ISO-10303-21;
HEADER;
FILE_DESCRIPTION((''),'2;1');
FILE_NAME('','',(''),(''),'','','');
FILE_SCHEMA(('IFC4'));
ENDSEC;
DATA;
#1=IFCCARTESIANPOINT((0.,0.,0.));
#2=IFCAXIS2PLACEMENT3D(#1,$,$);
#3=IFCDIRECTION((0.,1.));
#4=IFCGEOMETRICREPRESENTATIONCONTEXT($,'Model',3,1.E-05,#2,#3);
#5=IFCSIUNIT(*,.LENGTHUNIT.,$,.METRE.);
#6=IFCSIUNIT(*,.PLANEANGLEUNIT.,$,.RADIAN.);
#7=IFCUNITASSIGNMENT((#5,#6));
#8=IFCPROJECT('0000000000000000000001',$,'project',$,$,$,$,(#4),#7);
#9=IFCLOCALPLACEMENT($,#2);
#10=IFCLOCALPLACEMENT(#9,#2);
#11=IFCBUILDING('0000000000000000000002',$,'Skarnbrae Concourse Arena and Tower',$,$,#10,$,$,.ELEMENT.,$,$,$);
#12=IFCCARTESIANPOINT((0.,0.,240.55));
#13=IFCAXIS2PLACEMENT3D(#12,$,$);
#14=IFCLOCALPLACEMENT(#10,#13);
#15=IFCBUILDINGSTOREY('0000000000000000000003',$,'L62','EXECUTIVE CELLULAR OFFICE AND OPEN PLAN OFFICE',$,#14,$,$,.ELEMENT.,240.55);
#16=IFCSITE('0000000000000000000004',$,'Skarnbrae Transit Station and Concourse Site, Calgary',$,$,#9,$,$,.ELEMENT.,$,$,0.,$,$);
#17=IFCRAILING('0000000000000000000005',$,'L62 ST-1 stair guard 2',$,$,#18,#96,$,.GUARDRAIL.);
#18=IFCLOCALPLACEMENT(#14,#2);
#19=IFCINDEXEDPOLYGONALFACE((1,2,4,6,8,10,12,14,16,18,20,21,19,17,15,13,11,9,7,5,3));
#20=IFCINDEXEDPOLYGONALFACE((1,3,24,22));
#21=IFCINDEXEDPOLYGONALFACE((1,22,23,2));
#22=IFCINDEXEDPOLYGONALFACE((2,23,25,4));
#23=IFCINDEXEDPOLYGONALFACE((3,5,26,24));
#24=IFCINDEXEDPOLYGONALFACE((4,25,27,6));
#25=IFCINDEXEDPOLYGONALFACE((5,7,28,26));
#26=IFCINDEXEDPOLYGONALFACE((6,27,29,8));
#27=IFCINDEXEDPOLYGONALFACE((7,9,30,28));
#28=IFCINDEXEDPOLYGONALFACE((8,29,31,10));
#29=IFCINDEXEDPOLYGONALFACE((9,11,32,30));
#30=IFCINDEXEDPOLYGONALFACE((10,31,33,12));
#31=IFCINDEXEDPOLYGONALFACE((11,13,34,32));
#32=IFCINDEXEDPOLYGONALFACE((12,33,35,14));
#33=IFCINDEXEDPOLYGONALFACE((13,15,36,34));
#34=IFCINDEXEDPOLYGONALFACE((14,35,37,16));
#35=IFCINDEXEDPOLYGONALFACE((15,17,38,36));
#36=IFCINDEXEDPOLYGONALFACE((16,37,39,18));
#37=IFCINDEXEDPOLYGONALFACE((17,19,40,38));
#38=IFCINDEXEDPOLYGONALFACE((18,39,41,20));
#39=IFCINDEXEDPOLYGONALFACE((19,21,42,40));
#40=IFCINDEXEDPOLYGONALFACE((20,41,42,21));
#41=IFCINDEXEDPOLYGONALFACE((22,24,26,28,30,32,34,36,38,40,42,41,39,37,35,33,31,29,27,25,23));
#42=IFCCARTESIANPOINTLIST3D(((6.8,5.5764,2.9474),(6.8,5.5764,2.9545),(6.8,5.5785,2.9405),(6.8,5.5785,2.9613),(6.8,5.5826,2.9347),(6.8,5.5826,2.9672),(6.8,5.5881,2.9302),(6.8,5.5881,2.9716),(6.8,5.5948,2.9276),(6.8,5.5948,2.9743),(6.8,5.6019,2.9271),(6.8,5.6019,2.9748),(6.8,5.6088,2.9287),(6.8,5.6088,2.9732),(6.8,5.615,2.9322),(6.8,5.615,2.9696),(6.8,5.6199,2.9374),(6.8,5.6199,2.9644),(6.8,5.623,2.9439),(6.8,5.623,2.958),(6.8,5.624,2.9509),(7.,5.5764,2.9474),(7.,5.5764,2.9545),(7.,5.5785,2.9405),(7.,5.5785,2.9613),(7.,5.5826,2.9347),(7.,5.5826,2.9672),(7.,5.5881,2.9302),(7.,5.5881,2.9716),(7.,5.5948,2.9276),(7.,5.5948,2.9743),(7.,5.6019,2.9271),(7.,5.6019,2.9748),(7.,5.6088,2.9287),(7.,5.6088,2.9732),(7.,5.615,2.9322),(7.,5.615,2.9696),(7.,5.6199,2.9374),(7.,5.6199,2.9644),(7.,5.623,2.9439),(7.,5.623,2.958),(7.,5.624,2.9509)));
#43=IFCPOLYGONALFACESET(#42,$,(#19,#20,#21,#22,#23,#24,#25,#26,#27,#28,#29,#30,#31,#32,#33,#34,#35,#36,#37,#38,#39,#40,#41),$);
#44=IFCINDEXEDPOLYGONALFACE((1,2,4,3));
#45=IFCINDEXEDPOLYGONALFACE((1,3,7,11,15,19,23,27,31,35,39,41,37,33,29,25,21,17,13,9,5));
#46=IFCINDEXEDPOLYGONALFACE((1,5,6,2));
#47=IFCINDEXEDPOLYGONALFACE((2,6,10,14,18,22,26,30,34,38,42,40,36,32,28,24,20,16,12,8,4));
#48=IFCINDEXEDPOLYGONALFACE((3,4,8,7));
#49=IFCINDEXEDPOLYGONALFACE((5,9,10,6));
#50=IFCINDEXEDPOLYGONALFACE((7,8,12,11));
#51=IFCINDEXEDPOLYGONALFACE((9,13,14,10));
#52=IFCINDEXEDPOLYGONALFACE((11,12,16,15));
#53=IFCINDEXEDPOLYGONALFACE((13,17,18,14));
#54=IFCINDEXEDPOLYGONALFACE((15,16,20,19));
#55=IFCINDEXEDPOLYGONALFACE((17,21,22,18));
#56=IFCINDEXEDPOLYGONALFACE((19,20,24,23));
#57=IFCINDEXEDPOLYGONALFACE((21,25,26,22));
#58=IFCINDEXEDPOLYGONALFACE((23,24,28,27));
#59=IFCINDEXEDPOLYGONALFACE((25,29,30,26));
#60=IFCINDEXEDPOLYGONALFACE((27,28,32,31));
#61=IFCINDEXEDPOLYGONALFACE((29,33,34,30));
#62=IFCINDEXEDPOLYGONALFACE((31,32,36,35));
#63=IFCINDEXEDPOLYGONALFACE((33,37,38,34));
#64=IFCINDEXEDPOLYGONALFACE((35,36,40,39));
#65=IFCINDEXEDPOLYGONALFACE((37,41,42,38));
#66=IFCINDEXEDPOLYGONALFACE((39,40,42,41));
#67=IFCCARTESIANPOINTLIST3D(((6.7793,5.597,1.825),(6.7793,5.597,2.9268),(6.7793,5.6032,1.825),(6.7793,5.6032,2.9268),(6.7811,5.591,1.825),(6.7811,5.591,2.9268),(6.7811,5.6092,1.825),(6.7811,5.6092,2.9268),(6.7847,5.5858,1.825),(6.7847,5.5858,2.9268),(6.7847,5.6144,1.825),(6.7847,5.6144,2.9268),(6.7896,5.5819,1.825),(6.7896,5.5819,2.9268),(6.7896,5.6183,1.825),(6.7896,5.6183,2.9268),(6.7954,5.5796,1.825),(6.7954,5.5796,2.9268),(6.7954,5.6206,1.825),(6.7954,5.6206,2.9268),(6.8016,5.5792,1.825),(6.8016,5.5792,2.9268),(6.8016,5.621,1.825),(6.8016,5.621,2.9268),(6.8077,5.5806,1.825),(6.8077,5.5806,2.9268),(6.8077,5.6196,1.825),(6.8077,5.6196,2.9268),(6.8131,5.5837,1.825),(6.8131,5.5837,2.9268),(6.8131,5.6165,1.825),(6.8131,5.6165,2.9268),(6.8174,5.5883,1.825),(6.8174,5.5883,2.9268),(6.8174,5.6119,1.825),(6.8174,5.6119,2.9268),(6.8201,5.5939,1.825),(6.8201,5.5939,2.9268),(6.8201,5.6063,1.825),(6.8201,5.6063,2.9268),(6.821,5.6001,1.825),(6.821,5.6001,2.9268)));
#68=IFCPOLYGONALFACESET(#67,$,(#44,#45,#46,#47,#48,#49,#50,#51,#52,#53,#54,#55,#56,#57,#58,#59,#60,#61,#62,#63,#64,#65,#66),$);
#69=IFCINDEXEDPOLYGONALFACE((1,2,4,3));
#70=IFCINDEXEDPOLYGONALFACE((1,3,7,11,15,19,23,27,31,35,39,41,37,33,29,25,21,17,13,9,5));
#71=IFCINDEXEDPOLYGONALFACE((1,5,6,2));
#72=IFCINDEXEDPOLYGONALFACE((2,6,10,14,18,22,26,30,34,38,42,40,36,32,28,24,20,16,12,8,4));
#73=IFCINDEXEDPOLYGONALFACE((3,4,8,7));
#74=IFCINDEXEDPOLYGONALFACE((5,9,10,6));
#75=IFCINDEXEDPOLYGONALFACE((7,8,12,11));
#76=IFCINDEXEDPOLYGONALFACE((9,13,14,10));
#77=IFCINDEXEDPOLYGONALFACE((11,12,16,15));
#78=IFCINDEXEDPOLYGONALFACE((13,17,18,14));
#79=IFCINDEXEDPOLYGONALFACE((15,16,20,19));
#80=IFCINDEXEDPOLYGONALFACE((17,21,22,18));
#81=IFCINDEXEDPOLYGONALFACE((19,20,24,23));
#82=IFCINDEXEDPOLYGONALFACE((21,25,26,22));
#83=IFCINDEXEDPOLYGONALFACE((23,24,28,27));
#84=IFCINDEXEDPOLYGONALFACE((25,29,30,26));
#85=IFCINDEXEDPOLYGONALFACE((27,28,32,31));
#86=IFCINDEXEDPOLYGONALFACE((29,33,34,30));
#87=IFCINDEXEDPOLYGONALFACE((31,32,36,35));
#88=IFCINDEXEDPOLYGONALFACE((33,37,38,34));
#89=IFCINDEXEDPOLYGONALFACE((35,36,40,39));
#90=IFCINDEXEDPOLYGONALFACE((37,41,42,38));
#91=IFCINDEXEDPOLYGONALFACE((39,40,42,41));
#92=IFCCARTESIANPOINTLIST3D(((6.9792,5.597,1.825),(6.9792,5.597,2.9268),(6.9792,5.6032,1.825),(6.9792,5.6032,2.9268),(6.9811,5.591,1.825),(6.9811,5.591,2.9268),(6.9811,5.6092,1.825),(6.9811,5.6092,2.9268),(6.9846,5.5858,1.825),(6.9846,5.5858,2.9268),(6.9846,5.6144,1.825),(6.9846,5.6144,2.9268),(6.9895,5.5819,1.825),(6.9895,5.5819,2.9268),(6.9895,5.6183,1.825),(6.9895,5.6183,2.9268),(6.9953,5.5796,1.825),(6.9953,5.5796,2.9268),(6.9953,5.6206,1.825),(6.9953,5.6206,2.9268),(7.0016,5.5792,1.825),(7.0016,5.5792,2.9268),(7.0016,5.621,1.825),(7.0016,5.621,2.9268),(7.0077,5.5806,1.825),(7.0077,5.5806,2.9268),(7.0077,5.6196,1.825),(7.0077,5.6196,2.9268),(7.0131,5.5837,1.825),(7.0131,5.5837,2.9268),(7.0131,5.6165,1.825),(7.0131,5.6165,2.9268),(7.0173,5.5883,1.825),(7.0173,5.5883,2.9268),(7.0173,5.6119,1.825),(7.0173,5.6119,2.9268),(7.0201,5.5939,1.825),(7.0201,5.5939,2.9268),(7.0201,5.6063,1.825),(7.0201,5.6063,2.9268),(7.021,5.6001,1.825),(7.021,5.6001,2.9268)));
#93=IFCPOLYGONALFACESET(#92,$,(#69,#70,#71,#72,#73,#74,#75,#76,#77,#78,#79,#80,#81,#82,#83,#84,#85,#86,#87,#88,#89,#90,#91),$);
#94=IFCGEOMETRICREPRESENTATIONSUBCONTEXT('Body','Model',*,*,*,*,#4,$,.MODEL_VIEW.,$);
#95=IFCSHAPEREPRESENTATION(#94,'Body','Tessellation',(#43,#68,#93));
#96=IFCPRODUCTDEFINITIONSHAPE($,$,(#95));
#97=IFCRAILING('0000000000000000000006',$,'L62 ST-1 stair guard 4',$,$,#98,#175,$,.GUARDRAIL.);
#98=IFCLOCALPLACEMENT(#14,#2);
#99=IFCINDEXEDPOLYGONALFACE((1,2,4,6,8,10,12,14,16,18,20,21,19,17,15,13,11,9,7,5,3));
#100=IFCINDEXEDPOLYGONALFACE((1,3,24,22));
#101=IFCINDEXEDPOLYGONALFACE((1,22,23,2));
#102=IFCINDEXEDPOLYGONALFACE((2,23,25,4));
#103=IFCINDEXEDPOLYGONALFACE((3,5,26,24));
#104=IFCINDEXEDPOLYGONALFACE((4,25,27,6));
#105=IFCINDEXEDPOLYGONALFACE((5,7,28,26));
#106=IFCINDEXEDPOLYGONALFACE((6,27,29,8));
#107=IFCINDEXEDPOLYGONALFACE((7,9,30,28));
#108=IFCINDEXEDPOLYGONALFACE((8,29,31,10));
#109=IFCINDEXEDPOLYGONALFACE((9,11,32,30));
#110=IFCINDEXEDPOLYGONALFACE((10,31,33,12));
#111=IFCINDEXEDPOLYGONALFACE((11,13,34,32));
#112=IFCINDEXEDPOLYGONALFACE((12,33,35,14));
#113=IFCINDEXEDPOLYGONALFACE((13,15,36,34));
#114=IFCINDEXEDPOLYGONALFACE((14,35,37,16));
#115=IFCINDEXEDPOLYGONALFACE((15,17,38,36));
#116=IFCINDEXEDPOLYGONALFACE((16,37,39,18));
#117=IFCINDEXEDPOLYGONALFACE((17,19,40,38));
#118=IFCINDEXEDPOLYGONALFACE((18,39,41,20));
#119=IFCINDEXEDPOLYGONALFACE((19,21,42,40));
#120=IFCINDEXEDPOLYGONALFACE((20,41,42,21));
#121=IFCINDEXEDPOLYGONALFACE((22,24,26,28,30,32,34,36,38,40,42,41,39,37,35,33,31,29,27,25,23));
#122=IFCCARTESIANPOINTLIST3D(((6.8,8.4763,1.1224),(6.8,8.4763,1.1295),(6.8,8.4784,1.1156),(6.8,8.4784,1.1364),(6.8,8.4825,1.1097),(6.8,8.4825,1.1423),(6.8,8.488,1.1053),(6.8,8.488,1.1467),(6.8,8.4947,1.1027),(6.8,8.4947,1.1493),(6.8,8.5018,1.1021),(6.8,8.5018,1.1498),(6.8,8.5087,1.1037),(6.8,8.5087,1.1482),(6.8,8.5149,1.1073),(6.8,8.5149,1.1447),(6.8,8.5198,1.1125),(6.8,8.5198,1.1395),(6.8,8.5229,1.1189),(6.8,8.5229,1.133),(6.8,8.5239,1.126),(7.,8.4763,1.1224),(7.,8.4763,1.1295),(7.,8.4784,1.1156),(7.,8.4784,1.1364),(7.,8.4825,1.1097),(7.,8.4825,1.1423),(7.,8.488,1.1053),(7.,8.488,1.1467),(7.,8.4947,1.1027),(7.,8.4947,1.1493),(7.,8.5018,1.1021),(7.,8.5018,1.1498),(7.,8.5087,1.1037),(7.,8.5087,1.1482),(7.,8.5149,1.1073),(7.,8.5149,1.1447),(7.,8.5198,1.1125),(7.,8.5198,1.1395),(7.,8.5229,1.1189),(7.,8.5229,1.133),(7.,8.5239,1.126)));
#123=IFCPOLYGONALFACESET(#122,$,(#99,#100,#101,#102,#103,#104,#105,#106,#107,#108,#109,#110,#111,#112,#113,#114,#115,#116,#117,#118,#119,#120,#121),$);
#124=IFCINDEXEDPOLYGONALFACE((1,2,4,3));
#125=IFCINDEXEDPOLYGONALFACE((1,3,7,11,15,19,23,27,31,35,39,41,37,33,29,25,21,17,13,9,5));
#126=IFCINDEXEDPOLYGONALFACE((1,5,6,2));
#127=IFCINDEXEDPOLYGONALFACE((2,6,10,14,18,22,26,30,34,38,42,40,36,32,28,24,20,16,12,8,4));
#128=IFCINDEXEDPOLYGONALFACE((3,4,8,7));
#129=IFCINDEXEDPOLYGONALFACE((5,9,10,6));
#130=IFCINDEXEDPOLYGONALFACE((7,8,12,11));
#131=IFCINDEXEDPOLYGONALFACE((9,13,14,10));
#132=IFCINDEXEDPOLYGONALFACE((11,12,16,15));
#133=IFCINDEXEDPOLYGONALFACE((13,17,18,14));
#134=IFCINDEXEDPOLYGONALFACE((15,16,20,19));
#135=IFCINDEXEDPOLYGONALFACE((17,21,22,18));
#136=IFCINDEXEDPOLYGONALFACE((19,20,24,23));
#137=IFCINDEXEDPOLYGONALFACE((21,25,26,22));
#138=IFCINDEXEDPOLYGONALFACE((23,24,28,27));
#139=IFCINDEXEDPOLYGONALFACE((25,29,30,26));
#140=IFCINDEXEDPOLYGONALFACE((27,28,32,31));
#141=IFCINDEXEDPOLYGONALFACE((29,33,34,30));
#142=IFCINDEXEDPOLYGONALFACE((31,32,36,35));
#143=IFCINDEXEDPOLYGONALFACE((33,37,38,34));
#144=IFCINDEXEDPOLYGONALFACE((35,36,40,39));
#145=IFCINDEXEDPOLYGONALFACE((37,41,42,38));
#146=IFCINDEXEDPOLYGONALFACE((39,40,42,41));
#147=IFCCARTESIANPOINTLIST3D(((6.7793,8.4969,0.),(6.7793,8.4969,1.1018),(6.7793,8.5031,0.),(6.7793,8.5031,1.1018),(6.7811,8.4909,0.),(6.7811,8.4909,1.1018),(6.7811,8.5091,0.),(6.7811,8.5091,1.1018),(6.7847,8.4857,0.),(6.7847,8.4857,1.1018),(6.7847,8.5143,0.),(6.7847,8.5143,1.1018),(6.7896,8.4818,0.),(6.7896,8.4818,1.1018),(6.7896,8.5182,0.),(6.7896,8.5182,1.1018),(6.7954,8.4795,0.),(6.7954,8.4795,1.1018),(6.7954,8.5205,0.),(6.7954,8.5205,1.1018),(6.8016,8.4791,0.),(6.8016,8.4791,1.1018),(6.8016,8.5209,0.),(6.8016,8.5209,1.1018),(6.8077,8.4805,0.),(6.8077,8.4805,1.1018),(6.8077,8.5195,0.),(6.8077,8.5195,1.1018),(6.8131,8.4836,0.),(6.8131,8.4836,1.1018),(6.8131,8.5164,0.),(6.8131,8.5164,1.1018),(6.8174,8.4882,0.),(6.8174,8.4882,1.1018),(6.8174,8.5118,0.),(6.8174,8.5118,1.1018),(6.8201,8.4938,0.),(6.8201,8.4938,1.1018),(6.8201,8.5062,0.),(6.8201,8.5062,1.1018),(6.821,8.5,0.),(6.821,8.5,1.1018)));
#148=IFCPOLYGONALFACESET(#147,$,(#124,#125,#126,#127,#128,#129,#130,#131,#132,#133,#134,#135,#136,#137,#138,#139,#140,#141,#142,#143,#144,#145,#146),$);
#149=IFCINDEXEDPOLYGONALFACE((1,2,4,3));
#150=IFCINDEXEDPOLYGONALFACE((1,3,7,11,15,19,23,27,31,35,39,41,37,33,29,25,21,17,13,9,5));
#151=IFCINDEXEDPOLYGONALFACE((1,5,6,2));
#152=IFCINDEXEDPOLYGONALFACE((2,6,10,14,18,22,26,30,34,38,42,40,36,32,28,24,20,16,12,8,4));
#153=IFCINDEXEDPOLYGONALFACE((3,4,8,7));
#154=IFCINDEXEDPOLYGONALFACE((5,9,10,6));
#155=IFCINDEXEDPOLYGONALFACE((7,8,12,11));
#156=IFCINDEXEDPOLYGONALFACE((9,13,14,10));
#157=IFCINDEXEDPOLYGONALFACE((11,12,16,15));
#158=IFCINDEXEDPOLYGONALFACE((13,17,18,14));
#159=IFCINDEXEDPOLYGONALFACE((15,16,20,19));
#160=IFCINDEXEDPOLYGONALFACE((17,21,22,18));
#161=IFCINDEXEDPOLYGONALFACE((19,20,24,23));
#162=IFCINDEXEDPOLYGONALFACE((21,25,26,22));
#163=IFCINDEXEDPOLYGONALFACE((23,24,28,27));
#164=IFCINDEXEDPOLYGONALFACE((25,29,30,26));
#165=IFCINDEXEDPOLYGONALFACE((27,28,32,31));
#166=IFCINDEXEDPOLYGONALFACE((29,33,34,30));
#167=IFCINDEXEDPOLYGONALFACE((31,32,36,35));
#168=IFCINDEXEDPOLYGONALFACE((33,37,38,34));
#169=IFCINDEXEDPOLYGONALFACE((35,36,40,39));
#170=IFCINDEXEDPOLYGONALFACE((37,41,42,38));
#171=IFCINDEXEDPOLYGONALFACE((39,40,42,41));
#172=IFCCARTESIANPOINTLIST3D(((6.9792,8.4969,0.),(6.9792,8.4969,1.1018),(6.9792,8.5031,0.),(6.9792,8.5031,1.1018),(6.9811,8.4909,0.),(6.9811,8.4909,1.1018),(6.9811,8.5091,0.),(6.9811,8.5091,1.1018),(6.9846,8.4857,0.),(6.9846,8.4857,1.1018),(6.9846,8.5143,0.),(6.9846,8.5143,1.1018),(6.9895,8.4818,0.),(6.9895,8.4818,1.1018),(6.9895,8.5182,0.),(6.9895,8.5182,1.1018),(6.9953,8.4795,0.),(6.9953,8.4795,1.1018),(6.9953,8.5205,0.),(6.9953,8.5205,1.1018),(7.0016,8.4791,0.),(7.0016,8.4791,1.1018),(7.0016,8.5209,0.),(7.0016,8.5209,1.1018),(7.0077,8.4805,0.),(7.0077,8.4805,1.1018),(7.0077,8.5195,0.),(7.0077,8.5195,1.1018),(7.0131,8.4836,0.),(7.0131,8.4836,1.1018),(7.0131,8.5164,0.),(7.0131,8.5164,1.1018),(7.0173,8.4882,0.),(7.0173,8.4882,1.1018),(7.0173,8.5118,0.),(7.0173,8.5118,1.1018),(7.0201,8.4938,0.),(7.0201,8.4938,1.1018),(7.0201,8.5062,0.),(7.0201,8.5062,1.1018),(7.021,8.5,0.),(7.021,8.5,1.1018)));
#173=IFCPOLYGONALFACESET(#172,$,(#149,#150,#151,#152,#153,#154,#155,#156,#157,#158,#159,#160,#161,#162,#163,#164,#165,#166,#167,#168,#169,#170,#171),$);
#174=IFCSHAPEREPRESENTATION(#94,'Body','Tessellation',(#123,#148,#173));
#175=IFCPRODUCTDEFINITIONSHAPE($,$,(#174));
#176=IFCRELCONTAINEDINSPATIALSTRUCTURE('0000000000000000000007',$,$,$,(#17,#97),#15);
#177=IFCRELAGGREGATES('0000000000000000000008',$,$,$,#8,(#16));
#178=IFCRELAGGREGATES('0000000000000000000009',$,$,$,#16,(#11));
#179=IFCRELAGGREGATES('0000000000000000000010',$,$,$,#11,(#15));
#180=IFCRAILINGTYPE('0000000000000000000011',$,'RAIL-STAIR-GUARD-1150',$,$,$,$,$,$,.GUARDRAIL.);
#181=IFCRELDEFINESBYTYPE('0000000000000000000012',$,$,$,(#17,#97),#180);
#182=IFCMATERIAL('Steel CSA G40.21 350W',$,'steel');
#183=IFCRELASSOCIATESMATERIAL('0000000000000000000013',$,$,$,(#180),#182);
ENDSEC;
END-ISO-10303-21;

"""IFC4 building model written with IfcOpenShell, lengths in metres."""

from ifc_helpers import new_model, si_unit, direction, frame, origin, origin_2d, place, context, subcontext, project, spatial, circle, extrude, material, type_object, element, save


model = new_model("IFC4")

# Units and contexts
model_context = context("Model", 3, precision=1e-05, world=origin(), true_north=direction((0.0, 1.0)))
body_context = subcontext(model_context, "Body", "Model", "MODEL_VIEW")
ifc_project = project(units=[si_unit("LENGTHUNIT", "METRE"), si_unit("PLANEANGLEUNIT", "RADIAN")], contexts=[model_context])

# Site, building, storey
site_placement = place(None, origin())
site = spatial("IfcSite", under=ifc_project, at=site_placement, Name="Skarnbrae Transit Station and Concourse Site, Calgary", CompositionType="ELEMENT", RefElevation=0.0)
building_placement = place(site_placement, origin())
building = spatial("IfcBuilding", under=site, at=building_placement, Name="Skarnbrae Concourse Arena and Tower", CompositionType="ELEMENT")
storey_placement = place(building_placement, frame((0.0, 0.0, 240.55)))
storey = spatial("IfcBuildingStorey", under=building, at=storey_placement, Name="L62", Description="EXECUTIVE CELLULAR OFFICE AND OPEN PLAN OFFICE", CompositionType="ELEMENT", Elevation=240.55)

# Railings
ifc_material_1 = material(Name="Steel CSA G40.21 350W", Category="steel")
railing_type_1 = type_object("IfcRailingType", Name="RAIL-STAIR-GUARD-1150", PredefinedType="GUARDRAIL", material=ifc_material_1)
for number, where, name in (
    (1, (6.8, 5.6001, 1.825), "L62 ST-1 stair guard 2"),
    (2, (6.8, 8.5, 0.0), "L62 ST-1 stair guard 4"),
):
    element("IfcRailing", number, at=place(storey_placement, frame(where)), inside=storey, type_object=railing_type_1, Name=name, PredefinedType="GUARDRAIL", context=body_context, shape_type="SweptSolid", body=[
        extrude(circle(Radius=0.0239, at=origin_2d()), frame((0.0, 0.0, 1.126), z_axis=(1.0, 0.0, 0.0), x_axis=(0.0, 1.0, 0.0)), (0.0, 0.0, 1.0), 0.2),
        extrude(circle(Radius=0.021, at=origin_2d()), origin(), (0.0, 0.0, 1.0), 1.1018),
        extrude(circle(Radius=0.021, at=origin_2d()), frame((0.2, 0.0, 0.0)), (0.0, 0.0, 1.0), 1.1018),
    ])

save(model, "model.ifc")
